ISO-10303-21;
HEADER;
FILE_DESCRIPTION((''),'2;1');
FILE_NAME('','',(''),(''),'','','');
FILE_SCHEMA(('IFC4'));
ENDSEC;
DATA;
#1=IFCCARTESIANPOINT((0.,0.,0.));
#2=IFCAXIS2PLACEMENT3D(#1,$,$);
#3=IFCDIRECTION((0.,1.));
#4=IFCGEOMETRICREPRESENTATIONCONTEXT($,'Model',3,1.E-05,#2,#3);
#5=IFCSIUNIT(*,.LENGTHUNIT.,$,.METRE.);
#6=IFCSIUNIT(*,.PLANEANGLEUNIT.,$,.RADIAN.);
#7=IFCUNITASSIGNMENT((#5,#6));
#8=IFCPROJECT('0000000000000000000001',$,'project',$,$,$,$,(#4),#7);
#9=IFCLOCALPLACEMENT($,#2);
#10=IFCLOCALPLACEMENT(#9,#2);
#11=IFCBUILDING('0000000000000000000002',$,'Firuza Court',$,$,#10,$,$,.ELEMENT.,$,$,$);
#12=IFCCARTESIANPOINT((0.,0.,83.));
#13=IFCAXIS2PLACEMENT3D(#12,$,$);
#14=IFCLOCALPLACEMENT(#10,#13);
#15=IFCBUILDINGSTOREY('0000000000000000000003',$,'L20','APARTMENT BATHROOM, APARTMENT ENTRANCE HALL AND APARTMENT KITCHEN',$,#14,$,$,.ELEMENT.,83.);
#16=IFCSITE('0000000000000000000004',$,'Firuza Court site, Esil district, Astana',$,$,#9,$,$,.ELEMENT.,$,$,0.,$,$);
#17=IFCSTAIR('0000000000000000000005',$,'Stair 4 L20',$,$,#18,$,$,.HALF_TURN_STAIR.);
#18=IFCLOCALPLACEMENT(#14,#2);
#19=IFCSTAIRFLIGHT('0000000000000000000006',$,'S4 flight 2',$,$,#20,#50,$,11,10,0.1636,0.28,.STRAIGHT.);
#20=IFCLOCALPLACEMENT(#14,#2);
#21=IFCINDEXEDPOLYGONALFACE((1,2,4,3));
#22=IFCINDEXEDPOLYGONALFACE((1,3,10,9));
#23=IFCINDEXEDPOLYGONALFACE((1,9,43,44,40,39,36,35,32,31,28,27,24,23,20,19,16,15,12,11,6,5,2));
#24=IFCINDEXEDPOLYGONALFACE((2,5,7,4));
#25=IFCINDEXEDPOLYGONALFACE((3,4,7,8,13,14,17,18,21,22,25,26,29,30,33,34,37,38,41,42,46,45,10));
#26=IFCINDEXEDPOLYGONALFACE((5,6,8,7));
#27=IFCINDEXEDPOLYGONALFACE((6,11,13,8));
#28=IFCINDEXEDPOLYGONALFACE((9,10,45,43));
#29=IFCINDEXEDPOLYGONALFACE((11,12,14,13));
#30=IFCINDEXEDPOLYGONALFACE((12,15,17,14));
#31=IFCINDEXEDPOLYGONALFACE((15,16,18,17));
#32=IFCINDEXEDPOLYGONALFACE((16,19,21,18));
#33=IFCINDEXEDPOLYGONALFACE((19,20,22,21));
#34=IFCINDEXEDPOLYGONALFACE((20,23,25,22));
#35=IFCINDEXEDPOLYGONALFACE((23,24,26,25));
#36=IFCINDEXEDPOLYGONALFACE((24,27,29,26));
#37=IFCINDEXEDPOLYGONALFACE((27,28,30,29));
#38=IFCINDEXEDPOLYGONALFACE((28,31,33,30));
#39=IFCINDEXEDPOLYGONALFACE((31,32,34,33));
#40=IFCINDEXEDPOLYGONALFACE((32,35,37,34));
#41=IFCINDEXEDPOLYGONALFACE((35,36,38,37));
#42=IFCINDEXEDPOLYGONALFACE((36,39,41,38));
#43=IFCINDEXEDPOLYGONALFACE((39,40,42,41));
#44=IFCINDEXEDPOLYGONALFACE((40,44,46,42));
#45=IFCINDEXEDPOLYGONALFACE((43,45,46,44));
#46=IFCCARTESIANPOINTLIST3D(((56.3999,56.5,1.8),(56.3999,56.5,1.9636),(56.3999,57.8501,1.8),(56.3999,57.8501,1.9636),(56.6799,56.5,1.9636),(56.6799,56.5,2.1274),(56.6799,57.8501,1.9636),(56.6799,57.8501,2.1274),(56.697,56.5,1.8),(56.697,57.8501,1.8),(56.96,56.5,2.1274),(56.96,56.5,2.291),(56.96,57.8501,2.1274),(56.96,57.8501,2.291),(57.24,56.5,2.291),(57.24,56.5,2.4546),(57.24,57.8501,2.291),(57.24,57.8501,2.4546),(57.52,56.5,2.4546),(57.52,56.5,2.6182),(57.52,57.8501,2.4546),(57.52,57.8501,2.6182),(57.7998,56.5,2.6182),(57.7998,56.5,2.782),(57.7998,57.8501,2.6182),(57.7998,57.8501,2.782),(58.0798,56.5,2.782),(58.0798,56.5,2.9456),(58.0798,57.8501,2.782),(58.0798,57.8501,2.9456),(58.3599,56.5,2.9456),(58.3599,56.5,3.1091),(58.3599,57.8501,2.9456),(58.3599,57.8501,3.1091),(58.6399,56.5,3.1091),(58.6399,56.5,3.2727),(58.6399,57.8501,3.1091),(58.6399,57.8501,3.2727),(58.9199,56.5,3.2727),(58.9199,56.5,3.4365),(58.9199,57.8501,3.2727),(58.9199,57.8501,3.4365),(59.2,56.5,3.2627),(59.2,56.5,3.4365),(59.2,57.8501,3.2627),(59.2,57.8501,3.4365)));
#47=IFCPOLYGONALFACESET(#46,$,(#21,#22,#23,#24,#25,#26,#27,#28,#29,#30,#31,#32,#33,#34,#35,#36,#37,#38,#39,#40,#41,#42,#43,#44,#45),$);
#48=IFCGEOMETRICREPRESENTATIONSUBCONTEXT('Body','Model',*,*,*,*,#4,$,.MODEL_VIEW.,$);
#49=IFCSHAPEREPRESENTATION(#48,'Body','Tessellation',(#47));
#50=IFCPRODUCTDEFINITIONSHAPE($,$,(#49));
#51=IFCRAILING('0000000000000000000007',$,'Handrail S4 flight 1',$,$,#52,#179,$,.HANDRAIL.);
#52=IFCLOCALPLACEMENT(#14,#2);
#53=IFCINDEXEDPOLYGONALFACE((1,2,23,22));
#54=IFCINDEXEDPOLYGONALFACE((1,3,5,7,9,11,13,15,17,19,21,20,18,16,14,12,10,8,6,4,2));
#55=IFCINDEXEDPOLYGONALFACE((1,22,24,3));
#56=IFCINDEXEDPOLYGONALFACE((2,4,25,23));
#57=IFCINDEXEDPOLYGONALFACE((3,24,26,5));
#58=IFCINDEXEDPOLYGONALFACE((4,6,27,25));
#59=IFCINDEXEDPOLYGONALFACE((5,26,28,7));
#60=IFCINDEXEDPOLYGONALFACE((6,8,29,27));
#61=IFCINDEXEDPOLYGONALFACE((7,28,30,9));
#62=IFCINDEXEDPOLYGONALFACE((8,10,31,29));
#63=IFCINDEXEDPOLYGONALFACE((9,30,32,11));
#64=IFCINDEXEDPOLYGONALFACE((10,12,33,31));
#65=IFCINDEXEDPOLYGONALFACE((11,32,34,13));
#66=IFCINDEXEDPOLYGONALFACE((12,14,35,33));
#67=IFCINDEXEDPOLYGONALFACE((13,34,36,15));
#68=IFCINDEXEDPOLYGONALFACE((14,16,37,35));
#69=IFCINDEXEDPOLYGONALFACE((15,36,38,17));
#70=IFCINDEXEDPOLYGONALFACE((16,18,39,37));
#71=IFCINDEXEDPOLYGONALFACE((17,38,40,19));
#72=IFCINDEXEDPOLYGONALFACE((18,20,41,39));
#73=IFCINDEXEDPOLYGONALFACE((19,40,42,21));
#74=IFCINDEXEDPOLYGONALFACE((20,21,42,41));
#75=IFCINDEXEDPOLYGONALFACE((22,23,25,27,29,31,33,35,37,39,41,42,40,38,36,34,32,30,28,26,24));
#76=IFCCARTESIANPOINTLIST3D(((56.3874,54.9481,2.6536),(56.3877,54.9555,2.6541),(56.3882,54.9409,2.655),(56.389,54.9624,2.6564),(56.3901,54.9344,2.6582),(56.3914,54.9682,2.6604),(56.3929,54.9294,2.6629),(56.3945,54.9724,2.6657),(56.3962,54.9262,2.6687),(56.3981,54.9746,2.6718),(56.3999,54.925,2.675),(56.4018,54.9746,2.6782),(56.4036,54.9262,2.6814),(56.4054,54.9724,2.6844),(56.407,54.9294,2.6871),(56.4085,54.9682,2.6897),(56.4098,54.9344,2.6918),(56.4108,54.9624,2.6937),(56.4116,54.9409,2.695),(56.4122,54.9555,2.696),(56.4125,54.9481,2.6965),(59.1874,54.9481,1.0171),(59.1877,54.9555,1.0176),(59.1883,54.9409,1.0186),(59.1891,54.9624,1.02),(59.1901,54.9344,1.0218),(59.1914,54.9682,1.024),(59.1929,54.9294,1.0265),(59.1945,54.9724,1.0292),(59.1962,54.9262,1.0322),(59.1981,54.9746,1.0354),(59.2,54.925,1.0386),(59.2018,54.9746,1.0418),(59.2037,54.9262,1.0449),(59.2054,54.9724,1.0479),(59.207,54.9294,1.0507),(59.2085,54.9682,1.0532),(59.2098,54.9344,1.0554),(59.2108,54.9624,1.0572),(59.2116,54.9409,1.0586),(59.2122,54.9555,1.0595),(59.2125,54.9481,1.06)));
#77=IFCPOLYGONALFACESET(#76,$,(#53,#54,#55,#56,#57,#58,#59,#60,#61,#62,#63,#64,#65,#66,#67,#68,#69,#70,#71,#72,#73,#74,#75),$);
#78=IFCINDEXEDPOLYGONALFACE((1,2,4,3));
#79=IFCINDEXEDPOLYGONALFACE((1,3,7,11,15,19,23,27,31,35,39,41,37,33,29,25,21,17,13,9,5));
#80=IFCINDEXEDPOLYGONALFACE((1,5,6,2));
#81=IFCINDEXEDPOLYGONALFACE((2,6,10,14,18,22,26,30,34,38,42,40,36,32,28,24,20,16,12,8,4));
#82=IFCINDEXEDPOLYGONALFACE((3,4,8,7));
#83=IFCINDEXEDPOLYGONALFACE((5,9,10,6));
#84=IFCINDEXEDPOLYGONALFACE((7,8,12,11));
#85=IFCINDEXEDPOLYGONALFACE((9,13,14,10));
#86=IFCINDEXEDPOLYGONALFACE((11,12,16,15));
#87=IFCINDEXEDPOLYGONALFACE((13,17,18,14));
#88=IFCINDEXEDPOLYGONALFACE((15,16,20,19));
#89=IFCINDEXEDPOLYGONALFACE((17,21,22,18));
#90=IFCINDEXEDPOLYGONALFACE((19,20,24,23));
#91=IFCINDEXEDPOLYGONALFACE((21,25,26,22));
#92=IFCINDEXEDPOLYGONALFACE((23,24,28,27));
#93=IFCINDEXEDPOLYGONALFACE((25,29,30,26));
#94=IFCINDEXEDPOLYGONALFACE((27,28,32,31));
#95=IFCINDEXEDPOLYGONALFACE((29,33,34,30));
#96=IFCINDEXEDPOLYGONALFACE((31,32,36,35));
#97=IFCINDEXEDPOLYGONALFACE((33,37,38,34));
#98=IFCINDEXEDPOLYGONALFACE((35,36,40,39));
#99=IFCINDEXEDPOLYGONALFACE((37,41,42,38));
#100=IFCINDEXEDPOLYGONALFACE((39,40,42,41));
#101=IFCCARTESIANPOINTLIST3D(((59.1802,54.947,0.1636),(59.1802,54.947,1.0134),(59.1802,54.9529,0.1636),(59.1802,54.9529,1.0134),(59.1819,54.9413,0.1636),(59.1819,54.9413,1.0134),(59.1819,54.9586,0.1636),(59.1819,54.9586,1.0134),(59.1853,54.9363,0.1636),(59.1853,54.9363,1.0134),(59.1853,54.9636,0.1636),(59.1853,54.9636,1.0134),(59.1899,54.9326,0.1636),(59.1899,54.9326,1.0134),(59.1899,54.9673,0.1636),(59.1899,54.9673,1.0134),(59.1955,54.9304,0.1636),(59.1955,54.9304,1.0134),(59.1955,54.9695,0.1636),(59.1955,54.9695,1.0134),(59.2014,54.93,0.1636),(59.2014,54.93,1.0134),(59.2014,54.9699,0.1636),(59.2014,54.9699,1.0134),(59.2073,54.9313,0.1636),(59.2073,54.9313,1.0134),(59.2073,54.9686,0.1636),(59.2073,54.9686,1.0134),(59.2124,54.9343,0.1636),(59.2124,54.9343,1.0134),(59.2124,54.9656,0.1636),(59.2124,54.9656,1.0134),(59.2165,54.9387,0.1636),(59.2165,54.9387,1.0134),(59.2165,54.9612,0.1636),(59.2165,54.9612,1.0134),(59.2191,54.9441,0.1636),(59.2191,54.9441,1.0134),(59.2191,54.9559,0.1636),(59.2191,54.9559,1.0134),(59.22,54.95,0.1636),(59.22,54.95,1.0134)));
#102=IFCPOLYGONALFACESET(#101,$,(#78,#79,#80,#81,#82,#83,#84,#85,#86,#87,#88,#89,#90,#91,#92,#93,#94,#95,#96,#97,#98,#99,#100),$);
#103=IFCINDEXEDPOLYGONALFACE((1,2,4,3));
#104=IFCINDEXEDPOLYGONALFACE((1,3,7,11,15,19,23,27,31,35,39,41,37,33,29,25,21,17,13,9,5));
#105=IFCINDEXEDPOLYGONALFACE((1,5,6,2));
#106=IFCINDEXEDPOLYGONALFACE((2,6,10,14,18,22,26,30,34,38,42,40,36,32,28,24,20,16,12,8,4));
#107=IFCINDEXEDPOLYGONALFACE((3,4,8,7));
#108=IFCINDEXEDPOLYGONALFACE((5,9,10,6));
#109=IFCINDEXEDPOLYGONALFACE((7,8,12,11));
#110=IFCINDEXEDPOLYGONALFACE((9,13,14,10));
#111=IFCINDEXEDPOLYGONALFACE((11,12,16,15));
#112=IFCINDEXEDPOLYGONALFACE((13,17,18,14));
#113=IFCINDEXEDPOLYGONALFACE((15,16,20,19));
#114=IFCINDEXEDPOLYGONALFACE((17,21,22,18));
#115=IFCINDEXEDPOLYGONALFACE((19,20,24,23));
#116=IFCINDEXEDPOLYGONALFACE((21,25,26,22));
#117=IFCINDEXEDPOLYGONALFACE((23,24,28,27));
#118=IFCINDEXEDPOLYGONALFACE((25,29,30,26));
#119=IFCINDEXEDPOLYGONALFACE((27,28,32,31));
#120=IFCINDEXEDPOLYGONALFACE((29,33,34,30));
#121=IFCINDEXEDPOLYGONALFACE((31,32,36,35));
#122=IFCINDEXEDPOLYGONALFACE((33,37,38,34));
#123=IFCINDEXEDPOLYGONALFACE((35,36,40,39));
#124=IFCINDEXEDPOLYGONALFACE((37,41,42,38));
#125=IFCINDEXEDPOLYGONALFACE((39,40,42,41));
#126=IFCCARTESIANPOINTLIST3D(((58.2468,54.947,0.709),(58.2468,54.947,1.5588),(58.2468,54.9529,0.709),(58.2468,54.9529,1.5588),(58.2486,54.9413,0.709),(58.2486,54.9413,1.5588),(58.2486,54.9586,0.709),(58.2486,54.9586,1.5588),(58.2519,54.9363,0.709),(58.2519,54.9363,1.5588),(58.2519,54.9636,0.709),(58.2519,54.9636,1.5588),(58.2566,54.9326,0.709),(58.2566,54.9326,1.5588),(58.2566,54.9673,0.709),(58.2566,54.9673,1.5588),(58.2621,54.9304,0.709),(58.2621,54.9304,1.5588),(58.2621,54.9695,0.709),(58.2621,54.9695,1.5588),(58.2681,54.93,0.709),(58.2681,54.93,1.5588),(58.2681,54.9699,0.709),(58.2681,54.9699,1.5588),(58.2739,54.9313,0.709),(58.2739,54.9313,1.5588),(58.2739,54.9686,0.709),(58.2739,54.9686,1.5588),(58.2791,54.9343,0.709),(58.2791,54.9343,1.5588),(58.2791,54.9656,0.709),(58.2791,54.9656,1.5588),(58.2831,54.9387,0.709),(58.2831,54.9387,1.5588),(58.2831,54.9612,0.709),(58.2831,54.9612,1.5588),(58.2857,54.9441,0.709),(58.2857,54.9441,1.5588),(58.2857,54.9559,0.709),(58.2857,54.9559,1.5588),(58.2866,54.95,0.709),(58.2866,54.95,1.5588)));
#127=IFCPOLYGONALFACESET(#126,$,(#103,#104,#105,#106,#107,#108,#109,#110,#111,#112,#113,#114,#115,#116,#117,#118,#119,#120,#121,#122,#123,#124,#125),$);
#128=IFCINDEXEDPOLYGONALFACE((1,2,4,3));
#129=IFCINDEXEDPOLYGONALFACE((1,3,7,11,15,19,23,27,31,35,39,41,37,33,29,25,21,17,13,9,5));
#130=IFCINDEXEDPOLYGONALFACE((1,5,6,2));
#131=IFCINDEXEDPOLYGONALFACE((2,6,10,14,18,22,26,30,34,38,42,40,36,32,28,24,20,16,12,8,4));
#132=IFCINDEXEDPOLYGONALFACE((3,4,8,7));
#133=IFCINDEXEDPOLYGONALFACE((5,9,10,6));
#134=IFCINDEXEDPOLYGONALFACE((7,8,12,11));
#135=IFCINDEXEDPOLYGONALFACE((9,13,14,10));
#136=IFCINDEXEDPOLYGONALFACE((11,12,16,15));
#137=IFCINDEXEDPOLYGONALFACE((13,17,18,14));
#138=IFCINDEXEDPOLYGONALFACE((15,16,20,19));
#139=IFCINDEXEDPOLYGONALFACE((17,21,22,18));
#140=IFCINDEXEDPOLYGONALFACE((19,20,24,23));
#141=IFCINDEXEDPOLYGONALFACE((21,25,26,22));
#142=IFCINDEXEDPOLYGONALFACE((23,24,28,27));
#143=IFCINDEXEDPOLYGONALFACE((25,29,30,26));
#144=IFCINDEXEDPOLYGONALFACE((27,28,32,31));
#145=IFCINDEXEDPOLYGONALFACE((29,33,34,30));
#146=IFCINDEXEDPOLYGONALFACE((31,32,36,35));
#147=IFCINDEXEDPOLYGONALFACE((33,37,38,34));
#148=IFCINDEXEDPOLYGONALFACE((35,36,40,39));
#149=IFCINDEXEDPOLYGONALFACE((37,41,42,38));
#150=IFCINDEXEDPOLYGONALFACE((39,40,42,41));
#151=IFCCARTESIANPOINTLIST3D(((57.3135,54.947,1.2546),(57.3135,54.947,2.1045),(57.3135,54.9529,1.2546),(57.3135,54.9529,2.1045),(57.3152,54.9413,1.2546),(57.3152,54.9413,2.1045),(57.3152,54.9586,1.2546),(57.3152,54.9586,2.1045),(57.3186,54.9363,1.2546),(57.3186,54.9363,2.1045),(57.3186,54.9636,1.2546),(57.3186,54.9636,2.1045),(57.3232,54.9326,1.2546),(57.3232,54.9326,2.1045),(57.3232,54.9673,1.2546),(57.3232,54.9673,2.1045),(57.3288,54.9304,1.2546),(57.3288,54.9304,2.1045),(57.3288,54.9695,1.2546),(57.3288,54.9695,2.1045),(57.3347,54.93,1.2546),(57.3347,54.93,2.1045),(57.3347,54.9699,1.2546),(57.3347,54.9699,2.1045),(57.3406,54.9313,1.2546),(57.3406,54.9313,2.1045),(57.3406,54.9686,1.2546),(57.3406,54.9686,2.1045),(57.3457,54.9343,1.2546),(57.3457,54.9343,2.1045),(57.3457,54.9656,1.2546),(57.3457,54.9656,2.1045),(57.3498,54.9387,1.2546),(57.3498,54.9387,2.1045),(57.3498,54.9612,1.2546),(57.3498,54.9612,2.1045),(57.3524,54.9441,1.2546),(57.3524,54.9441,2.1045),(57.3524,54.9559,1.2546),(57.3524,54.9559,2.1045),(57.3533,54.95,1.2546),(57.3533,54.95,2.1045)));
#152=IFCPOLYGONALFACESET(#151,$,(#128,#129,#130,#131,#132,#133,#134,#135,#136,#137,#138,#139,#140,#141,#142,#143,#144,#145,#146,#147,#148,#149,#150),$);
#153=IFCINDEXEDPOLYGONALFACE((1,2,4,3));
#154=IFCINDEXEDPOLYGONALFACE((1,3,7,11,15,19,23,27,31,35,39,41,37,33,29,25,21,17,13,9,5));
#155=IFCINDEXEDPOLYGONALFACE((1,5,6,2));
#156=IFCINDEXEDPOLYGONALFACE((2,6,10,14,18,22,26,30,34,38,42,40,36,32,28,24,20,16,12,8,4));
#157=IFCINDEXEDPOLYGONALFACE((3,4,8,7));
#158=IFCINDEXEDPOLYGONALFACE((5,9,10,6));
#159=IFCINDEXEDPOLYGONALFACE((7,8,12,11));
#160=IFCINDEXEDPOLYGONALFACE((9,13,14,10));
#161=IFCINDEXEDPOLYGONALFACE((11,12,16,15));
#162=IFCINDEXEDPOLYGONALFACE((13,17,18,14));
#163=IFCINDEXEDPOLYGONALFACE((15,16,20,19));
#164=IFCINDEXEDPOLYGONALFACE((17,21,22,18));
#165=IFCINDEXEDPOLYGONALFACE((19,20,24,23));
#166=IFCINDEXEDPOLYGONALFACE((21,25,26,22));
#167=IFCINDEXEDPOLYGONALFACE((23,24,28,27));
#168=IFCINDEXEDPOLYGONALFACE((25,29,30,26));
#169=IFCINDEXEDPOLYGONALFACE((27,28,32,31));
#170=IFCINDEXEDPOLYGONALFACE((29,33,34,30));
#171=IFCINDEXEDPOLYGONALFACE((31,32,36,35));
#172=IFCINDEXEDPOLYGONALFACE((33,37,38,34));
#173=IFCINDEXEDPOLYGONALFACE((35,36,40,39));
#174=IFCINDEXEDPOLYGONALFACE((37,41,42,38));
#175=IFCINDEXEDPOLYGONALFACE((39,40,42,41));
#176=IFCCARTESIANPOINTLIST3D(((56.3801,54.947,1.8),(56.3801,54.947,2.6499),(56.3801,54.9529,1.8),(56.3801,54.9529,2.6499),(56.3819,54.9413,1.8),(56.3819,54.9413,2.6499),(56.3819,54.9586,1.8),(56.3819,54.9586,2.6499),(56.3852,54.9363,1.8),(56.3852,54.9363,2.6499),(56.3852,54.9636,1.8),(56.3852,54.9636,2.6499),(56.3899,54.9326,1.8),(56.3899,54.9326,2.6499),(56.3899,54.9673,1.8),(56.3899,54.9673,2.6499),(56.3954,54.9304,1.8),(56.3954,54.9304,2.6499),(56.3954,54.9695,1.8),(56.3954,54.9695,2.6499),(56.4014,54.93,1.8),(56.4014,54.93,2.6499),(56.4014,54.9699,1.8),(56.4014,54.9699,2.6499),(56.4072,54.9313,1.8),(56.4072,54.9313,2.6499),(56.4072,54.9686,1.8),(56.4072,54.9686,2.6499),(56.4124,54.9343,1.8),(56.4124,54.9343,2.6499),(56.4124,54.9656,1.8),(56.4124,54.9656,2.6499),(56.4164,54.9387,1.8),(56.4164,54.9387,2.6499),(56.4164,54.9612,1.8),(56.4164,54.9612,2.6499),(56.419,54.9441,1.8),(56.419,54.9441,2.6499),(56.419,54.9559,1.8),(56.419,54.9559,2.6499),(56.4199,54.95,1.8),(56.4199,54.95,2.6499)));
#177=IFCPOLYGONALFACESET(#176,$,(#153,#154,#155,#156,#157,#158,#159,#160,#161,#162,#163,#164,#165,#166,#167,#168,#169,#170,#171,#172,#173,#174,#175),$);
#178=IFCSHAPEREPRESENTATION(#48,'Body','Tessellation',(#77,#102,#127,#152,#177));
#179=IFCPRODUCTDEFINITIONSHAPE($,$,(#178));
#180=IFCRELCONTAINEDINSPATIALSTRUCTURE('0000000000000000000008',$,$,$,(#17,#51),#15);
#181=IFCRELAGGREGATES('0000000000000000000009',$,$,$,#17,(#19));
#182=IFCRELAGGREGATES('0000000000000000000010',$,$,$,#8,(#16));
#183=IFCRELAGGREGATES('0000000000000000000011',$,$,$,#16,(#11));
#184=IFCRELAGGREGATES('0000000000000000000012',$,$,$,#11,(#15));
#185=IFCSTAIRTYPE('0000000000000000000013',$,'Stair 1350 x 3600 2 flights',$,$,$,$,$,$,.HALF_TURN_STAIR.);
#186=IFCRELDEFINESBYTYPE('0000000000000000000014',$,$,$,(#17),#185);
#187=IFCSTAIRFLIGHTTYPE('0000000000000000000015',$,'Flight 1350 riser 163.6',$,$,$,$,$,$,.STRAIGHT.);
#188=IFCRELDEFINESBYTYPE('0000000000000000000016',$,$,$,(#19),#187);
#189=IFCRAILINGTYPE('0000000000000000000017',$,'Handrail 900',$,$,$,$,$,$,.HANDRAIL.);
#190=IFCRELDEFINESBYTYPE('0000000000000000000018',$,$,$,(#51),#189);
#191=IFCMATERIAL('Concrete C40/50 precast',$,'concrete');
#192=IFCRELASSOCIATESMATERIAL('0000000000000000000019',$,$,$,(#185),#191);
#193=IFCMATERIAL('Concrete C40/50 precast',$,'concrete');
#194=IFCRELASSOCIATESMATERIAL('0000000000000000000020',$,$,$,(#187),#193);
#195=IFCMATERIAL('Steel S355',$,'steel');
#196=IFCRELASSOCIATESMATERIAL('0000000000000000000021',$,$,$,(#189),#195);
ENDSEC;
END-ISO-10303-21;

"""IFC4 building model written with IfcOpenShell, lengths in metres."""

from ifc_helpers import new_model, si_unit, direction, frame, origin, origin_2d, place, context, subcontext, project, spatial, polyline, circle, outline, extrude, material, type_object, element, aggregate, save


model = new_model("IFC4")

# Units and contexts
model_context = context("Model", 3, precision=1e-05, world=origin(), true_north=direction((0.0, 1.0)))
body_context = subcontext(model_context, "Body", "Model", "MODEL_VIEW")
ifc_project = project(units=[si_unit("LENGTHUNIT", "METRE"), si_unit("PLANEANGLEUNIT", "RADIAN")], contexts=[model_context])

# Site, building, storey
site_placement = place(None, origin())
site = spatial("IfcSite", under=ifc_project, at=site_placement, Name="Firuza Court site, Esil district, Astana", CompositionType="ELEMENT", RefElevation=0.0)
building_placement = place(site_placement, origin())
building = spatial("IfcBuilding", under=site, at=building_placement, Name="Firuza Court", CompositionType="ELEMENT")
storey_placement = place(building_placement, frame((0.0, 0.0, 83.0)))
storey = spatial("IfcBuildingStorey", under=building, at=storey_placement, Name="L20", Description="APARTMENT BATHROOM, APARTMENT ENTRANCE HALL AND APARTMENT KITCHEN", CompositionType="ELEMENT", Elevation=83.0)

# Stair, stair flight
ifc_material_1 = material(Name="Concrete C40/50 precast", Category="concrete")
stair_type = type_object("IfcStairType", Name="Stair 1350 x 3600 2 flights", PredefinedType="HALF_TURN_STAIR", material=ifc_material_1)
stair_placement = place(storey_placement, origin())
stair = element("IfcStair", 1, at=stair_placement, inside=storey, type_object=stair_type, Name="Stair 4 L20", PredefinedType="HALF_TURN_STAIR")
ifc_material_2 = material(Name="Concrete C40/50 precast", Category="concrete")
stair_flight_type = type_object("IfcStairFlightType", Name="Flight 1350 riser 163.6", PredefinedType="STRAIGHT", material=ifc_material_2)
stair_flight_1_placement = place(storey_placement, frame((56.3999, 57.175, 1.8), z_axis=(0.0, 0.0, 1.0), x_axis=(1.0, 0.0, 0.0)))
stair_flight_1 = element("IfcStairFlight", 2, at=stair_flight_1_placement, type_object=stair_flight_type, Name="S4 flight 2", NumberOfRisers=11, NumberOfTreads=10, PredefinedType="STRAIGHT", RiserHeight=0.1636, TreadLength=0.28, context=body_context, shape_type="SweptSolid", body=[
    extrude(outline(polyline([(0.0, 0.0), (0.0, 0.1636), (0.28, 0.1636), (0.28, 0.3274), (0.5601, 0.3274), (0.5601, 0.491), (0.8401, 0.491), (0.8401, 0.6545), (1.1201, 0.6545), (1.1201, 0.8181), (1.3999, 0.8181), (1.3999, 0.9819), (1.6799, 0.9819), (1.6799, 1.1455), (1.96, 1.1455), (1.96, 1.3091), (2.24, 1.3091), (2.24, 1.4727), (2.52, 1.4727), (2.52, 1.6365), (2.8, 1.6365), (2.8, 1.8), (2.8, 1.4626), (0.2971, 0.0), (0.0, 0.0)])), frame((0.0, 0.675, 0.0), z_axis=(0.0, -1.0, 0.0), x_axis=(1.0, 0.0, 0.0)), (0.0, 0.0, 1.0), 1.3501),
])
aggregate(stair, [stair_flight_1])

# Railing
ifc_material_3 = material(Name="Steel S355", Category="steel")
railing_type_1 = type_object("IfcRailingType", Name="Handrail 900", PredefinedType="HANDRAIL", material=ifc_material_3)
railing_1_placement = place(storey_placement, frame((59.2, 54.95, 0.1636)))
element("IfcRailing", 3, at=railing_1_placement, inside=storey, type_object=railing_type_1, Name="Handrail S4 flight 1", PredefinedType="HANDRAIL", context=body_context, shape_type="SweptSolid", body=[
    extrude(circle(Radius=0.0249, at=origin_2d()), frame((0.0, 0.0, 0.875), z_axis=(-0.863361, 0.0, 0.504587), x_axis=(0.0, -1.0, 0.0)), (0.0, 0.0, 1.0), 3.2432),
    extrude(circle(Radius=0.02, at=origin_2d()), origin(), (0.0, 0.0, 1.0), 0.8499),
    extrude(circle(Radius=0.02, at=origin_2d()), frame((-0.9333, 0.0, 0.5454)), (0.0, 0.0, 1.0), 0.8499),
    extrude(circle(Radius=0.02, at=origin_2d()), frame((-1.8667, 0.0, 1.0911)), (0.0, 0.0, 1.0), 0.8499),
    extrude(circle(Radius=0.02, at=origin_2d()), frame((-2.8, 0.0, 1.6365)), (0.0, 0.0, 1.0), 0.8499),
])

save(model, "model.ifc")
